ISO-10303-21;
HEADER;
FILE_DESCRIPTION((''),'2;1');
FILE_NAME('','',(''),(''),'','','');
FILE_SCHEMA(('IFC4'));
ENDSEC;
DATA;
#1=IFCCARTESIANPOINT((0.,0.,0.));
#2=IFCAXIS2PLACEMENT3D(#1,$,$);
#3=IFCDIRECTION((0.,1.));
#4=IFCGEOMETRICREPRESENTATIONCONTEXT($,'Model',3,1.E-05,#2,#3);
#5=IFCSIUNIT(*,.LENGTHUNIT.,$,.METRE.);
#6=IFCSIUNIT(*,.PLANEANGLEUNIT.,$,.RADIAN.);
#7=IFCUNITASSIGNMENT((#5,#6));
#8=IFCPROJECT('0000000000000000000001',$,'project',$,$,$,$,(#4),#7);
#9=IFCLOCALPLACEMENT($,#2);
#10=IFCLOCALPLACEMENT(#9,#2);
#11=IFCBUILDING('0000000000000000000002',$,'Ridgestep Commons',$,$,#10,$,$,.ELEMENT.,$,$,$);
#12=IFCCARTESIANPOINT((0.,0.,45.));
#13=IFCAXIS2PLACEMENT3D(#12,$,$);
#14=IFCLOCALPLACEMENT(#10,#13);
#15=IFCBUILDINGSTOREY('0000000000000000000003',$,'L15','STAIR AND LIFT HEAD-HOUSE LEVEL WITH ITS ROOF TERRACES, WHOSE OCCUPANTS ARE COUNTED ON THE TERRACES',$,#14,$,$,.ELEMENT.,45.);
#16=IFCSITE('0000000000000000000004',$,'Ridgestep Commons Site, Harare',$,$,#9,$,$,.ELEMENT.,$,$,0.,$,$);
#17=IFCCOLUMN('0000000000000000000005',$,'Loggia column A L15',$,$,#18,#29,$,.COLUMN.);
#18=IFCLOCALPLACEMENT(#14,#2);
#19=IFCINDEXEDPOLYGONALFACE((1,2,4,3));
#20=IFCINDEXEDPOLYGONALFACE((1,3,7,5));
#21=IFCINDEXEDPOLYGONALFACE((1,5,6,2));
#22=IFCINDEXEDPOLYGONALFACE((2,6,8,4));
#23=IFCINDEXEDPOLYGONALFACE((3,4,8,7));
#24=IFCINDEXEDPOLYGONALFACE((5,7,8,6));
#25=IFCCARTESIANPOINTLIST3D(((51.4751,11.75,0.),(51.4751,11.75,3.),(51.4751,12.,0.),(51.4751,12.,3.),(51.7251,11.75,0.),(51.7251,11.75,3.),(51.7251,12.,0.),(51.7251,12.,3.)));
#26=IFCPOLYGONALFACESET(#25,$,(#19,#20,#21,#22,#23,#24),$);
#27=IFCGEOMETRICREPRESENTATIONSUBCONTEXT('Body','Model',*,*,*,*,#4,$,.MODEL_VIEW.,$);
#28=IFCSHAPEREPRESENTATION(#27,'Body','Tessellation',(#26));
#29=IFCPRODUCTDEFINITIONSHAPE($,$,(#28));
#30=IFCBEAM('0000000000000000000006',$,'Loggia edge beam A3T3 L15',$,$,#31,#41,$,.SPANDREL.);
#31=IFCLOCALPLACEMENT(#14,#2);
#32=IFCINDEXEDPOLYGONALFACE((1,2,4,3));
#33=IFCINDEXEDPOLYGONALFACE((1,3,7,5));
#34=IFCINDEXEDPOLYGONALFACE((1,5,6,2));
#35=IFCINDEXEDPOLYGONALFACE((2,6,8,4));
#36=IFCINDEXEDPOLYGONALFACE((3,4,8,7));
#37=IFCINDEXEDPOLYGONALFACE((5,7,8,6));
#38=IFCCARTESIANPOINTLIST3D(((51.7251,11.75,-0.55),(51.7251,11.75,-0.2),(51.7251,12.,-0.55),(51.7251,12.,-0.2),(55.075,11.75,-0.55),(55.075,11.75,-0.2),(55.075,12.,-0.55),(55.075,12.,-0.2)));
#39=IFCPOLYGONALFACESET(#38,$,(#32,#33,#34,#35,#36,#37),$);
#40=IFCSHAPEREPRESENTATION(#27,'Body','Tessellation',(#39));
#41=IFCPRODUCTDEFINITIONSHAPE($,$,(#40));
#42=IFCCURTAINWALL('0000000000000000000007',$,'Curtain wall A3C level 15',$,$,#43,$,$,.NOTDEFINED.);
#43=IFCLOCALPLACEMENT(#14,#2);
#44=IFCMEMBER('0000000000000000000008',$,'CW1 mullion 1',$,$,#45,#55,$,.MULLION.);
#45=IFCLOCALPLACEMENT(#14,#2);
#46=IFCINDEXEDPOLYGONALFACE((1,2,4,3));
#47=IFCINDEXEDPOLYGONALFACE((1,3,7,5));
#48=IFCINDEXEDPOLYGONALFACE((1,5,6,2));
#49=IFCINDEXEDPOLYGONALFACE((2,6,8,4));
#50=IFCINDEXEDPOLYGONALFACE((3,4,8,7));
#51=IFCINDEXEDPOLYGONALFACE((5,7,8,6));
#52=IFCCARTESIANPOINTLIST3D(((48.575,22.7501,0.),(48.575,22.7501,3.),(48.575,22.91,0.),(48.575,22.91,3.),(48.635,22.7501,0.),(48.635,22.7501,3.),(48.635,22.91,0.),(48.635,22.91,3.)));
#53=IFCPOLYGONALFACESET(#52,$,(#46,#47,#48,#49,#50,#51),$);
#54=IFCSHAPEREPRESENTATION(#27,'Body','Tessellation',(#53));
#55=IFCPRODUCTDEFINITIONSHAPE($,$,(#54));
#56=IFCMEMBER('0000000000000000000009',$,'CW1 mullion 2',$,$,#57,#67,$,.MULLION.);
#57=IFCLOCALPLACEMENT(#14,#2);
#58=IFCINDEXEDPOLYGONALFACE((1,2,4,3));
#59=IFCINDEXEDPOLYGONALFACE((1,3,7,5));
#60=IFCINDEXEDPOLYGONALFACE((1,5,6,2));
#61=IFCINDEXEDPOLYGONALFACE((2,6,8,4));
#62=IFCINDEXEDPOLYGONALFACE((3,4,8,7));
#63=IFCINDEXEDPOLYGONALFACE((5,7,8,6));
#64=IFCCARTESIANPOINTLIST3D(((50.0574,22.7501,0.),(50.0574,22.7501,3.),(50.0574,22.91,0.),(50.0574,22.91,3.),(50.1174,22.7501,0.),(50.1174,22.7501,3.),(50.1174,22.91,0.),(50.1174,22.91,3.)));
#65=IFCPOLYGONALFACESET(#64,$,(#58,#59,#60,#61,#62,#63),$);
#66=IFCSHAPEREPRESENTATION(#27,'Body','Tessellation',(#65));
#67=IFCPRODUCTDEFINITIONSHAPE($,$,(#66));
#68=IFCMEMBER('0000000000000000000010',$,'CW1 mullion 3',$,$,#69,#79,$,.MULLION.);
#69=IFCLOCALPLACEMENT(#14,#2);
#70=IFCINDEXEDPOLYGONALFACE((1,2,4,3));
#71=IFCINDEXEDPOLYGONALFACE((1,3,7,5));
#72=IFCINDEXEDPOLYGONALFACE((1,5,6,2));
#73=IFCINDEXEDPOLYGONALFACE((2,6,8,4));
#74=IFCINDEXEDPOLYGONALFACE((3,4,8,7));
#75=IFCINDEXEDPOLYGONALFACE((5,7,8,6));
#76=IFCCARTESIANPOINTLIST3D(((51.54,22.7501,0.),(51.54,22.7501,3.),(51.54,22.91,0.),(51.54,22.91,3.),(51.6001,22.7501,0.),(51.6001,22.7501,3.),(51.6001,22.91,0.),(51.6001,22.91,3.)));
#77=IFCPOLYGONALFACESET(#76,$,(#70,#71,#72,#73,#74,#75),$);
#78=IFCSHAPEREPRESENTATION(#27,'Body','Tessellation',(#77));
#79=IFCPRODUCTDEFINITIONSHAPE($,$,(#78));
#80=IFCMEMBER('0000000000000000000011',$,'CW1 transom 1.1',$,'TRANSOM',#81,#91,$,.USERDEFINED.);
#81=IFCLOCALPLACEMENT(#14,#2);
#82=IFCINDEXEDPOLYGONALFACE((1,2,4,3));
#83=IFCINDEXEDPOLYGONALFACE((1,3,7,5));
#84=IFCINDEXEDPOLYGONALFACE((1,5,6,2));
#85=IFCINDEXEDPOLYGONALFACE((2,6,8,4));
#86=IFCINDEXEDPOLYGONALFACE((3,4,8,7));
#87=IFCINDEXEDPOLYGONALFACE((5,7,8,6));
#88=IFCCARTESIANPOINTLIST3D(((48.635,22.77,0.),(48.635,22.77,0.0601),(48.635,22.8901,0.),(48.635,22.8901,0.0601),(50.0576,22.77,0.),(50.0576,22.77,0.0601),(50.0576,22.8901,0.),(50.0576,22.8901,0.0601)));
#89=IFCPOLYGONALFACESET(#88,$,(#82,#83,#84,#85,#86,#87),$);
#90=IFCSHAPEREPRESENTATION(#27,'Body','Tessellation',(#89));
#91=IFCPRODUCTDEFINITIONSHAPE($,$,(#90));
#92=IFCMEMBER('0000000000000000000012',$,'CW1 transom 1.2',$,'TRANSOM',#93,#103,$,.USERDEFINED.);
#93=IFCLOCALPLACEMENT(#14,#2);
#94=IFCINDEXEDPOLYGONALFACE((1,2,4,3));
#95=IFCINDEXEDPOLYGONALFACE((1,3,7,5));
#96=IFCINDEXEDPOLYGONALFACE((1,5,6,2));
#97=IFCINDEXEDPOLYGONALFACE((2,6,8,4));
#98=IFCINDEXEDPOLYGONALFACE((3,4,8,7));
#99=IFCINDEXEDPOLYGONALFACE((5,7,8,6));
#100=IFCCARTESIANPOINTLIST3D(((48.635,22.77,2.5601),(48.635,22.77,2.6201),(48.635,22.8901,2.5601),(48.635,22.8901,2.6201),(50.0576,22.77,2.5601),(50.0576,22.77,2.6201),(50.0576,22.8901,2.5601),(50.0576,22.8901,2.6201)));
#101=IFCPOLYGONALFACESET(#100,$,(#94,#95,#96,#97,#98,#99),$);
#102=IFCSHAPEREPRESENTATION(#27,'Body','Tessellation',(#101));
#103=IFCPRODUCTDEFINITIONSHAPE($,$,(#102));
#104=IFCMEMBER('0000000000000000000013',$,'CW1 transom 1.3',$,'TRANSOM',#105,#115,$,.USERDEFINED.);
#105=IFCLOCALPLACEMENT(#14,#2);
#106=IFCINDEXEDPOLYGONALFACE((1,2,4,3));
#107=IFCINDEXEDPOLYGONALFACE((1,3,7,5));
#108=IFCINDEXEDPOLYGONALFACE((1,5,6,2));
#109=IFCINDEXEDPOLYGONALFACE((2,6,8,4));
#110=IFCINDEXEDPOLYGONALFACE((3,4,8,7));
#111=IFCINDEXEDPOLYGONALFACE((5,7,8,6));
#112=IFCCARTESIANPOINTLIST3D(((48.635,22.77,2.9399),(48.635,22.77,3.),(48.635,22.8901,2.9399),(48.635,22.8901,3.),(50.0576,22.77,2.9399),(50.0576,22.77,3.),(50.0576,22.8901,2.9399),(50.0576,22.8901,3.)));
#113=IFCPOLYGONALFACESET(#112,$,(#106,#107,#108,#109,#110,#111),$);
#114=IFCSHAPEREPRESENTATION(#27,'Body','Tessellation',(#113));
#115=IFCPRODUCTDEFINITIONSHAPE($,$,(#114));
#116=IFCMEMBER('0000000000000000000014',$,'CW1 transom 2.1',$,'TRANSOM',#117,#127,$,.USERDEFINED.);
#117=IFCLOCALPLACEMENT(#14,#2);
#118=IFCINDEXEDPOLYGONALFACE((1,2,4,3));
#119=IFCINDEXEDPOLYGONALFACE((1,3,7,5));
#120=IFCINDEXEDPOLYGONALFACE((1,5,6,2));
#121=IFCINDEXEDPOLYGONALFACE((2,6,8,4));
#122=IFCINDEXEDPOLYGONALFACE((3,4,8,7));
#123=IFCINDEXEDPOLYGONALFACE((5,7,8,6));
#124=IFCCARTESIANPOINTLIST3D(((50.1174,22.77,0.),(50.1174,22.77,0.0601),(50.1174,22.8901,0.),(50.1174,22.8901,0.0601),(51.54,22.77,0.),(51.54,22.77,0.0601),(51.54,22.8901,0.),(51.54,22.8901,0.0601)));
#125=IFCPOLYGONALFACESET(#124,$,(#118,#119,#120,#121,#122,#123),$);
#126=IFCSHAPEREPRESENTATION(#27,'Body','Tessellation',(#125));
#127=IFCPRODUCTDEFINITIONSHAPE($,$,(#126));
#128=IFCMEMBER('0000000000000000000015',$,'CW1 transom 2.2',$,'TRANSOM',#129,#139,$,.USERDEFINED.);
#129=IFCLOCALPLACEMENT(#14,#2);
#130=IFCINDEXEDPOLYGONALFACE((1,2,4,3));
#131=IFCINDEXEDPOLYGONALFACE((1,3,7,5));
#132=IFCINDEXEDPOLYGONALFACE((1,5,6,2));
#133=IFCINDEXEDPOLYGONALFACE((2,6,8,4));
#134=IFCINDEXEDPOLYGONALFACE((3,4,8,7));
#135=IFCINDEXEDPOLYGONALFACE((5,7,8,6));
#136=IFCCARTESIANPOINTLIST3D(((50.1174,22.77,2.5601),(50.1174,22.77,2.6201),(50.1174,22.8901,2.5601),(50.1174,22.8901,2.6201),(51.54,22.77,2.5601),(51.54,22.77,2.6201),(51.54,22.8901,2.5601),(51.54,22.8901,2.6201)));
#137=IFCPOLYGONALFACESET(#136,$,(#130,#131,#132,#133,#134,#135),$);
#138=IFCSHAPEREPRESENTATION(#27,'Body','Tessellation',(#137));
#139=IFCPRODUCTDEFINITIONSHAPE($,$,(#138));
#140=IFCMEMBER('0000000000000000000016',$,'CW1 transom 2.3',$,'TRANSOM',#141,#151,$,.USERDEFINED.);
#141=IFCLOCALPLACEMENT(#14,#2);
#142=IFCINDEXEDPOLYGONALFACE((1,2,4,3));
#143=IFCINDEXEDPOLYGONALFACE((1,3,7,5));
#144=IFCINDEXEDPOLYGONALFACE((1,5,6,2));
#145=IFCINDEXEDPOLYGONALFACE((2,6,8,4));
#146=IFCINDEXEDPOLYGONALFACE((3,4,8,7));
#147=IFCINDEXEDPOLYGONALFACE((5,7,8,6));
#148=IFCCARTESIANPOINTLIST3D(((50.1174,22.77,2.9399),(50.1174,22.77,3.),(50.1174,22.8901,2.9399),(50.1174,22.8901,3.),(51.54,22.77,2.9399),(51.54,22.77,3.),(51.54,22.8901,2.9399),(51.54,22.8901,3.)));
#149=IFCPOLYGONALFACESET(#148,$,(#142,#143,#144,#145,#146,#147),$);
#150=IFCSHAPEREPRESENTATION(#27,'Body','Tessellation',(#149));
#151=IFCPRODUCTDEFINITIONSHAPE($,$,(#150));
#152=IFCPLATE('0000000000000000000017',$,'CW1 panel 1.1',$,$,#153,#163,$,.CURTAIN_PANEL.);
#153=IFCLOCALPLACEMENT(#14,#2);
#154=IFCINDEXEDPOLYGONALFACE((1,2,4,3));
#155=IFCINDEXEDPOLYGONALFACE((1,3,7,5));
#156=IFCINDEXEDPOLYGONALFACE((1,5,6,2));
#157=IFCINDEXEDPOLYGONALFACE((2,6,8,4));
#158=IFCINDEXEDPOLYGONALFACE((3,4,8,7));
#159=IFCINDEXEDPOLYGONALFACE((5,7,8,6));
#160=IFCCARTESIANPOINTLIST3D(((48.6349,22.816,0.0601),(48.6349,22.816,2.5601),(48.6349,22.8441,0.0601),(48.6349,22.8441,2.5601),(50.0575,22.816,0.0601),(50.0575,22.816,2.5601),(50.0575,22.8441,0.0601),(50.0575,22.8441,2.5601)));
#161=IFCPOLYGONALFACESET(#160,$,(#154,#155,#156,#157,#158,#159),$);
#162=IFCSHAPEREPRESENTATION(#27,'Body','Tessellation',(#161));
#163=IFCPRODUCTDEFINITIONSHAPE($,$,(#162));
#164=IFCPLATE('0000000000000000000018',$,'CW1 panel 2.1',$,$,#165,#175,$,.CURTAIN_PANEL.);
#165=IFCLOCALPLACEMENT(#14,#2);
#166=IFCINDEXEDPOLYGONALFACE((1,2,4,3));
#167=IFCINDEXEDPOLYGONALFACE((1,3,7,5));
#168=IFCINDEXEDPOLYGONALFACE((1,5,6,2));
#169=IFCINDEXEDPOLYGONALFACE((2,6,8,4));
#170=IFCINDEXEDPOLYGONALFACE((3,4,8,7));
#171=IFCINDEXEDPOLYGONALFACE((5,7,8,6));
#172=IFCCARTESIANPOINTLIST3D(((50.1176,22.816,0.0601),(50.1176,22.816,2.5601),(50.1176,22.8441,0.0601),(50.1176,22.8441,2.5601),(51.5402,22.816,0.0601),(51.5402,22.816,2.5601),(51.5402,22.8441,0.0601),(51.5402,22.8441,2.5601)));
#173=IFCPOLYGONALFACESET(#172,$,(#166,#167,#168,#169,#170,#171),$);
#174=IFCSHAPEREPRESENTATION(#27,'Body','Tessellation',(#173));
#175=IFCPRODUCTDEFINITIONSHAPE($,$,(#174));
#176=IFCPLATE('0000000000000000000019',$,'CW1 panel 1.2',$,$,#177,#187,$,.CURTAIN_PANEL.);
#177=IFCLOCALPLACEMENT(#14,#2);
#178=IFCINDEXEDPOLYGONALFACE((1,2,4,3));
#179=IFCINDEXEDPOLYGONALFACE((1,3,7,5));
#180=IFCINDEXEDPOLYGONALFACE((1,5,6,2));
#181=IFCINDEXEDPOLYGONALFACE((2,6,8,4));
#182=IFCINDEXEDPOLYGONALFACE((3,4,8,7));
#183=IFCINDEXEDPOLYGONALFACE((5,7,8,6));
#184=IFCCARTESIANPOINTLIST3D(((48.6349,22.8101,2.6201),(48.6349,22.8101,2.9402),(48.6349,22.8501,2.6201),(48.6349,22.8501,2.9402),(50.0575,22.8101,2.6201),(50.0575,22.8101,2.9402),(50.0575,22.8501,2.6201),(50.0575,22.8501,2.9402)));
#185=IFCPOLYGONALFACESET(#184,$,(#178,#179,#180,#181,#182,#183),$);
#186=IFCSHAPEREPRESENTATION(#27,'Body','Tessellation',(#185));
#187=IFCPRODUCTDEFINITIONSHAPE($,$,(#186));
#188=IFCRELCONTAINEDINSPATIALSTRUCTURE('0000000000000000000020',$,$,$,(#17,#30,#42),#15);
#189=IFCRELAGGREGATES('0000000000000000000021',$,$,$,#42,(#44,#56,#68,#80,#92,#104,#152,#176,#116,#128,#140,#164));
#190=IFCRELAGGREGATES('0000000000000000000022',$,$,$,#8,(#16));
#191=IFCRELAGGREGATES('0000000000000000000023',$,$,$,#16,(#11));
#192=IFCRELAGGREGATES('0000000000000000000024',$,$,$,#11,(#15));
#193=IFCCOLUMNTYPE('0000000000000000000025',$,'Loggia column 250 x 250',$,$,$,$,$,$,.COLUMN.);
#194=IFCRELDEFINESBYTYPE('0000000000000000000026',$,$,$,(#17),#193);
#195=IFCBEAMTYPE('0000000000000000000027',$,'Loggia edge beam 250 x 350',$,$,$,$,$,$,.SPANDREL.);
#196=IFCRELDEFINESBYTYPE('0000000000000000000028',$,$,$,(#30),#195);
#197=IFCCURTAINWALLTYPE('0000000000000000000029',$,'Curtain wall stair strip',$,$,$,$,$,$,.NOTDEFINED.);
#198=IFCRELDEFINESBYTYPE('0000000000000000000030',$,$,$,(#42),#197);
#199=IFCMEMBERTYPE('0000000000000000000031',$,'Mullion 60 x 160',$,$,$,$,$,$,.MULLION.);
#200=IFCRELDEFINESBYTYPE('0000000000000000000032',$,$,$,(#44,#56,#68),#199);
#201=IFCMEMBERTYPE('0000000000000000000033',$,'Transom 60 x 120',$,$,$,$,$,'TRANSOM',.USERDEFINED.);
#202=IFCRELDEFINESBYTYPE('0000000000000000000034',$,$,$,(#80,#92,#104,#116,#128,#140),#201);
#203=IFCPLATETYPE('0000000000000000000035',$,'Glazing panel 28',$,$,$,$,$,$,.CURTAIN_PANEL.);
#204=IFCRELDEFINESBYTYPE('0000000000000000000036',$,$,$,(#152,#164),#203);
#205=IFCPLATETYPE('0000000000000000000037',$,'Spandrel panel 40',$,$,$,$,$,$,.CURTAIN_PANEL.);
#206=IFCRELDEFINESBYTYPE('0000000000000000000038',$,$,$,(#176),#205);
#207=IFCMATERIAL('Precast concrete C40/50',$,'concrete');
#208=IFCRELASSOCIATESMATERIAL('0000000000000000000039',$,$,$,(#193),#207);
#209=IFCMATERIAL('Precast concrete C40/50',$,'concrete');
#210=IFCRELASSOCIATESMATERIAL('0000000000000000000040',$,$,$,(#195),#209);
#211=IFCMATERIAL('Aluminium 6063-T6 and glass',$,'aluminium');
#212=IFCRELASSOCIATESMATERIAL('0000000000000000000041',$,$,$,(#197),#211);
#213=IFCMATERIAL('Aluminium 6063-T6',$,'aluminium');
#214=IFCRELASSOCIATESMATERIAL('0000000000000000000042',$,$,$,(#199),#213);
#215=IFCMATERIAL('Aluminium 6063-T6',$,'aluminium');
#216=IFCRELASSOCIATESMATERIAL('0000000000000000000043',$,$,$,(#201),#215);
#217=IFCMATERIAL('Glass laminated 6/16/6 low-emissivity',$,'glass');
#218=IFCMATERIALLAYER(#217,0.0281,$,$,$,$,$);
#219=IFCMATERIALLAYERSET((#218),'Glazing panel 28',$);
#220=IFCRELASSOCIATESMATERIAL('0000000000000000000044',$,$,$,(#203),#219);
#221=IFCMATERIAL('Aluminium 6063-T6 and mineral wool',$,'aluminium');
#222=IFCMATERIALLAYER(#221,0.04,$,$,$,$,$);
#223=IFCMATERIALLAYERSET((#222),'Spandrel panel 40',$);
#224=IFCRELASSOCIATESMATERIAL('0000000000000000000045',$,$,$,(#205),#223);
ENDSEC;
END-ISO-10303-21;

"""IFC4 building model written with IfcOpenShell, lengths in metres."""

from ifc_helpers import new_model, si_unit, direction, frame, origin, origin_2d, place, context, subcontext, project, spatial, rectangle, extrude, material, layer, layer_set, material_profile, profile_set, type_object, element, aggregate, save


model = new_model("IFC4")

# Units and contexts
model_context = context("Model", 3, precision=1e-05, world=origin(), true_north=direction((0.0, 1.0)))
body_context = subcontext(model_context, "Body", "Model", "MODEL_VIEW")
ifc_project = project(units=[si_unit("LENGTHUNIT", "METRE"), si_unit("PLANEANGLEUNIT", "RADIAN")], contexts=[model_context])

# Site, building, storey
site_placement = place(None, origin())
site = spatial("IfcSite", under=ifc_project, at=site_placement, Name="Ridgestep Commons Site, Harare", CompositionType="ELEMENT", RefElevation=0.0)
building_placement = place(site_placement, origin())
building = spatial("IfcBuilding", under=site, at=building_placement, Name="Ridgestep Commons", CompositionType="ELEMENT")
storey_placement = place(building_placement, frame((0.0, 0.0, 45.0)))
storey = spatial("IfcBuildingStorey", under=building, at=storey_placement, Name="L15", Description="STAIR AND LIFT HEAD-HOUSE LEVEL WITH ITS ROOF TERRACES, WHOSE OCCUPANTS ARE COUNTED ON THE TERRACES", CompositionType="ELEMENT", Elevation=45.0)

# Column
ifc_material_1 = material(Name="Precast concrete C40/50", Category="concrete")
ifc_material_profile_1 = material_profile(ifc_material_1, rectangle(XDim=0.25, YDim=0.25, at=origin_2d()), Name="PC 250x250")
ifc_profile_set_1 = profile_set([ifc_material_profile_1], Name="Precast concrete C40/50")
column_type = type_object("IfcColumnType", Name="Loggia column 250 x 250", PredefinedType="COLUMN", material=ifc_profile_set_1)
column_placement = place(storey_placement, frame((51.6001, 11.875, 0.0), z_axis=(0.0, 0.0, 1.0), x_axis=(1.0, 0.0, 0.0)))
element("IfcColumn", 1, at=column_placement, inside=storey, type_object=column_type, Name="Loggia column A L15", PredefinedType="COLUMN", context=body_context, shape_type="SweptSolid", body=[
    extrude(rectangle(XDim=0.25, YDim=0.25, at=origin_2d()), origin(), (0.0, 0.0, 1.0), 3.0),
])

# Beam
ifc_material_2 = material(Name="Precast concrete C40/50", Category="concrete")
ifc_material_profile_2 = material_profile(ifc_material_2, rectangle(XDim=0.25, YDim=0.3501, at=origin_2d()), Name="PC 250x350")
ifc_profile_set_2 = profile_set([ifc_material_profile_2], Name="Precast concrete C40/50")
beam_type = type_object("IfcBeamType", Name="Loggia edge beam 250 x 350", PredefinedType="SPANDREL", material=ifc_profile_set_2)
beam_placement = place(storey_placement, frame((51.7251, 11.875, -0.375), z_axis=(1.0, 0.0, 0.0), x_axis=(0.0, 1.0, 0.0)))
element("IfcBeam", 2, at=beam_placement, inside=storey, type_object=beam_type, Name="Loggia edge beam A3T3 L15", PredefinedType="SPANDREL", context=body_context, shape_type="SweptSolid", body=[
    extrude(rectangle(XDim=0.25, YDim=0.3501, at=origin_2d()), origin(), (0.0, 0.0, 1.0), 3.3499),
])

# Curtain wall, members, plates
ifc_material_3 = material(Name="Aluminium 6063-T6 and glass", Category="aluminium")
curtain_wall_type = type_object("IfcCurtainWallType", Name="Curtain wall stair strip", PredefinedType="NOTDEFINED", material=ifc_material_3)
curtain_wall_placement = place(storey_placement, origin())
curtain_wall = element("IfcCurtainWall", 3, at=curtain_wall_placement, inside=storey, type_object=curtain_wall_type, Name="Curtain wall A3C level 15", PredefinedType="NOTDEFINED")
ifc_material_4 = material(Name="Aluminium 6063-T6", Category="aluminium")
ifc_material_profile_3 = material_profile(ifc_material_4, rectangle(XDim=0.1599, YDim=0.0601, at=origin_2d()), Name="Mullion 60 x 160")
ifc_profile_set_3 = profile_set([ifc_material_profile_3], Name="Aluminium 6063-T6")
member_type_1 = type_object("IfcMemberType", Name="Mullion 60 x 160", PredefinedType="MULLION", material=ifc_profile_set_3)
member_1_placement = place(storey_placement, frame((48.605, 22.8301, 0.0), z_axis=(0.0, 0.0, 1.0), x_axis=(0.0, 1.0, 0.0)))
member_1 = element("IfcMember", 4, at=member_1_placement, type_object=member_type_1, Name="CW1 mullion 1", PredefinedType="MULLION", context=body_context, shape_type="SweptSolid", body=[
    extrude(rectangle(XDim=0.1599, YDim=0.0601, at=origin_2d()), origin(), (0.0, 0.0, 1.0), 3.0),
])
member_2_placement = place(storey_placement, frame((50.0874, 22.8301, 0.0), z_axis=(0.0, 0.0, 1.0), x_axis=(0.0, 1.0, 0.0)))
member_2 = element("IfcMember", 5, at=member_2_placement, type_object=member_type_1, Name="CW1 mullion 2", PredefinedType="MULLION", context=body_context, shape_type="SweptSolid", body=[
    extrude(rectangle(XDim=0.1599, YDim=0.0601, at=origin_2d()), origin(), (0.0, 0.0, 1.0), 3.0),
])
member_3_placement = place(storey_placement, frame((51.5701, 22.8301, 0.0), z_axis=(0.0, 0.0, 1.0), x_axis=(0.0, 1.0, 0.0)))
member_3 = element("IfcMember", 6, at=member_3_placement, type_object=member_type_1, Name="CW1 mullion 3", PredefinedType="MULLION", context=body_context, shape_type="SweptSolid", body=[
    extrude(rectangle(XDim=0.1599, YDim=0.0601, at=origin_2d()), origin(), (0.0, 0.0, 1.0), 3.0),
])
ifc_material_5 = material(Name="Aluminium 6063-T6", Category="aluminium")
ifc_material_profile_4 = material_profile(ifc_material_5, rectangle(XDim=0.1201, YDim=0.0601, at=origin_2d()), Name="Transom 60 x 120")
ifc_profile_set_4 = profile_set([ifc_material_profile_4], Name="Aluminium 6063-T6")
member_type_2 = type_object("IfcMemberType", Name="Transom 60 x 120", ElementType="TRANSOM", PredefinedType="USERDEFINED", material=ifc_profile_set_4)
member_4_placement = place(storey_placement, frame((48.635, 22.8301, 0.03), z_axis=(1.0, 0.0, 0.0), x_axis=(0.0, 1.0, 0.0)))
member_4 = element("IfcMember", 7, at=member_4_placement, type_object=member_type_2, Name="CW1 transom 1.1", ObjectType="TRANSOM", PredefinedType="USERDEFINED", context=body_context, shape_type="SweptSolid", body=[
    extrude(rectangle(XDim=0.1201, YDim=0.0601, at=origin_2d()), origin(), (0.0, 0.0, 1.0), 1.4226),
])
member_5_placement = place(storey_placement, frame((48.635, 22.8301, 2.5901), z_axis=(1.0, 0.0, 0.0), x_axis=(0.0, 1.0, 0.0)))
member_5 = element("IfcMember", 8, at=member_5_placement, type_object=member_type_2, Name="CW1 transom 1.2", ObjectType="TRANSOM", PredefinedType="USERDEFINED", context=body_context, shape_type="SweptSolid", body=[
    extrude(rectangle(XDim=0.1201, YDim=0.0601, at=origin_2d()), origin(), (0.0, 0.0, 1.0), 1.4226),
])
member_6_placement = place(storey_placement, frame((48.635, 22.8301, 2.97), z_axis=(1.0, 0.0, 0.0), x_axis=(0.0, 1.0, 0.0)))
member_6 = element("IfcMember", 9, at=member_6_placement, type_object=member_type_2, Name="CW1 transom 1.3", ObjectType="TRANSOM", PredefinedType="USERDEFINED", context=body_context, shape_type="SweptSolid", body=[
    extrude(rectangle(XDim=0.1201, YDim=0.0601, at=origin_2d()), origin(), (0.0, 0.0, 1.0), 1.4226),
])
member_7_placement = place(storey_placement, frame((50.1174, 22.8301, 0.03), z_axis=(1.0, 0.0, 0.0), x_axis=(0.0, 1.0, 0.0)))
member_7 = element("IfcMember", 10, at=member_7_placement, type_object=member_type_2, Name="CW1 transom 2.1", ObjectType="TRANSOM", PredefinedType="USERDEFINED", context=body_context, shape_type="SweptSolid", body=[
    extrude(rectangle(XDim=0.1201, YDim=0.0601, at=origin_2d()), origin(), (0.0, 0.0, 1.0), 1.4226),
])
member_8_placement = place(storey_placement, frame((50.1174, 22.8301, 2.5901), z_axis=(1.0, 0.0, 0.0), x_axis=(0.0, 1.0, 0.0)))
member_8 = element("IfcMember", 11, at=member_8_placement, type_object=member_type_2, Name="CW1 transom 2.2", ObjectType="TRANSOM", PredefinedType="USERDEFINED", context=body_context, shape_type="SweptSolid", body=[
    extrude(rectangle(XDim=0.1201, YDim=0.0601, at=origin_2d()), origin(), (0.0, 0.0, 1.0), 1.4226),
])
member_9_placement = place(storey_placement, frame((50.1174, 22.8301, 2.97), z_axis=(1.0, 0.0, 0.0), x_axis=(0.0, 1.0, 0.0)))
member_9 = element("IfcMember", 12, at=member_9_placement, type_object=member_type_2, Name="CW1 transom 2.3", ObjectType="TRANSOM", PredefinedType="USERDEFINED", context=body_context, shape_type="SweptSolid", body=[
    extrude(rectangle(XDim=0.1201, YDim=0.0601, at=origin_2d()), origin(), (0.0, 0.0, 1.0), 1.4226),
])
ifc_material_6 = material(Name="Glass laminated 6/16/6 low-emissivity", Category="glass")
ifc_layer_1 = layer(ifc_material_6, 0.0281)
ifc_layer_set_1 = layer_set([ifc_layer_1], Name="Glazing panel 28")
plate_type_1 = type_object("IfcPlateType", Name="Glazing panel 28", PredefinedType="CURTAIN_PANEL", material=ifc_layer_set_1)
plate_1_placement = place(storey_placement, frame((49.3462, 22.8301, 0.0601), z_axis=(0.0, 0.0, 1.0), x_axis=(1.0, 0.0, 0.0)))
plate_1 = element("IfcPlate", 13, at=plate_1_placement, type_object=plate_type_1, Name="CW1 panel 1.1", PredefinedType="CURTAIN_PANEL", context=body_context, shape_type="SweptSolid", body=[
    extrude(rectangle(XDim=1.4226, YDim=0.0281, at=origin_2d()), origin(), (0.0, 0.0, 1.0), 2.5),
])
plate_2_placement = place(storey_placement, frame((50.8289, 22.8301, 0.0601), z_axis=(0.0, 0.0, 1.0), x_axis=(1.0, 0.0, 0.0)))
plate_2 = element("IfcPlate", 14, at=plate_2_placement, type_object=plate_type_1, Name="CW1 panel 2.1", PredefinedType="CURTAIN_PANEL", context=body_context, shape_type="SweptSolid", body=[
    extrude(rectangle(XDim=1.4226, YDim=0.0281, at=origin_2d()), origin(), (0.0, 0.0, 1.0), 2.5),
])
ifc_material_7 = material(Name="Aluminium 6063-T6 and mineral wool", Category="aluminium")
ifc_layer_2 = layer(ifc_material_7, 0.04)
ifc_layer_set_2 = layer_set([ifc_layer_2], Name="Spandrel panel 40")
plate_type_2 = type_object("IfcPlateType", Name="Spandrel panel 40", PredefinedType="CURTAIN_PANEL", material=ifc_layer_set_2)
plate_3_placement = place(storey_placement, frame((49.3462, 22.8301, 2.6201), z_axis=(0.0, 0.0, 1.0), x_axis=(1.0, 0.0, 0.0)))
plate_3 = element("IfcPlate", 15, at=plate_3_placement, type_object=plate_type_2, Name="CW1 panel 1.2", PredefinedType="CURTAIN_PANEL", context=body_context, shape_type="SweptSolid", body=[
    extrude(rectangle(XDim=1.4226, YDim=0.04, at=origin_2d()), origin(), (0.0, 0.0, 1.0), 0.3201),
])
aggregate(curtain_wall, [member_1, member_2, member_3, member_4, member_5, member_6, plate_1, plate_3, member_7, member_8, member_9, plate_2])

save(model, "model.ifc")
